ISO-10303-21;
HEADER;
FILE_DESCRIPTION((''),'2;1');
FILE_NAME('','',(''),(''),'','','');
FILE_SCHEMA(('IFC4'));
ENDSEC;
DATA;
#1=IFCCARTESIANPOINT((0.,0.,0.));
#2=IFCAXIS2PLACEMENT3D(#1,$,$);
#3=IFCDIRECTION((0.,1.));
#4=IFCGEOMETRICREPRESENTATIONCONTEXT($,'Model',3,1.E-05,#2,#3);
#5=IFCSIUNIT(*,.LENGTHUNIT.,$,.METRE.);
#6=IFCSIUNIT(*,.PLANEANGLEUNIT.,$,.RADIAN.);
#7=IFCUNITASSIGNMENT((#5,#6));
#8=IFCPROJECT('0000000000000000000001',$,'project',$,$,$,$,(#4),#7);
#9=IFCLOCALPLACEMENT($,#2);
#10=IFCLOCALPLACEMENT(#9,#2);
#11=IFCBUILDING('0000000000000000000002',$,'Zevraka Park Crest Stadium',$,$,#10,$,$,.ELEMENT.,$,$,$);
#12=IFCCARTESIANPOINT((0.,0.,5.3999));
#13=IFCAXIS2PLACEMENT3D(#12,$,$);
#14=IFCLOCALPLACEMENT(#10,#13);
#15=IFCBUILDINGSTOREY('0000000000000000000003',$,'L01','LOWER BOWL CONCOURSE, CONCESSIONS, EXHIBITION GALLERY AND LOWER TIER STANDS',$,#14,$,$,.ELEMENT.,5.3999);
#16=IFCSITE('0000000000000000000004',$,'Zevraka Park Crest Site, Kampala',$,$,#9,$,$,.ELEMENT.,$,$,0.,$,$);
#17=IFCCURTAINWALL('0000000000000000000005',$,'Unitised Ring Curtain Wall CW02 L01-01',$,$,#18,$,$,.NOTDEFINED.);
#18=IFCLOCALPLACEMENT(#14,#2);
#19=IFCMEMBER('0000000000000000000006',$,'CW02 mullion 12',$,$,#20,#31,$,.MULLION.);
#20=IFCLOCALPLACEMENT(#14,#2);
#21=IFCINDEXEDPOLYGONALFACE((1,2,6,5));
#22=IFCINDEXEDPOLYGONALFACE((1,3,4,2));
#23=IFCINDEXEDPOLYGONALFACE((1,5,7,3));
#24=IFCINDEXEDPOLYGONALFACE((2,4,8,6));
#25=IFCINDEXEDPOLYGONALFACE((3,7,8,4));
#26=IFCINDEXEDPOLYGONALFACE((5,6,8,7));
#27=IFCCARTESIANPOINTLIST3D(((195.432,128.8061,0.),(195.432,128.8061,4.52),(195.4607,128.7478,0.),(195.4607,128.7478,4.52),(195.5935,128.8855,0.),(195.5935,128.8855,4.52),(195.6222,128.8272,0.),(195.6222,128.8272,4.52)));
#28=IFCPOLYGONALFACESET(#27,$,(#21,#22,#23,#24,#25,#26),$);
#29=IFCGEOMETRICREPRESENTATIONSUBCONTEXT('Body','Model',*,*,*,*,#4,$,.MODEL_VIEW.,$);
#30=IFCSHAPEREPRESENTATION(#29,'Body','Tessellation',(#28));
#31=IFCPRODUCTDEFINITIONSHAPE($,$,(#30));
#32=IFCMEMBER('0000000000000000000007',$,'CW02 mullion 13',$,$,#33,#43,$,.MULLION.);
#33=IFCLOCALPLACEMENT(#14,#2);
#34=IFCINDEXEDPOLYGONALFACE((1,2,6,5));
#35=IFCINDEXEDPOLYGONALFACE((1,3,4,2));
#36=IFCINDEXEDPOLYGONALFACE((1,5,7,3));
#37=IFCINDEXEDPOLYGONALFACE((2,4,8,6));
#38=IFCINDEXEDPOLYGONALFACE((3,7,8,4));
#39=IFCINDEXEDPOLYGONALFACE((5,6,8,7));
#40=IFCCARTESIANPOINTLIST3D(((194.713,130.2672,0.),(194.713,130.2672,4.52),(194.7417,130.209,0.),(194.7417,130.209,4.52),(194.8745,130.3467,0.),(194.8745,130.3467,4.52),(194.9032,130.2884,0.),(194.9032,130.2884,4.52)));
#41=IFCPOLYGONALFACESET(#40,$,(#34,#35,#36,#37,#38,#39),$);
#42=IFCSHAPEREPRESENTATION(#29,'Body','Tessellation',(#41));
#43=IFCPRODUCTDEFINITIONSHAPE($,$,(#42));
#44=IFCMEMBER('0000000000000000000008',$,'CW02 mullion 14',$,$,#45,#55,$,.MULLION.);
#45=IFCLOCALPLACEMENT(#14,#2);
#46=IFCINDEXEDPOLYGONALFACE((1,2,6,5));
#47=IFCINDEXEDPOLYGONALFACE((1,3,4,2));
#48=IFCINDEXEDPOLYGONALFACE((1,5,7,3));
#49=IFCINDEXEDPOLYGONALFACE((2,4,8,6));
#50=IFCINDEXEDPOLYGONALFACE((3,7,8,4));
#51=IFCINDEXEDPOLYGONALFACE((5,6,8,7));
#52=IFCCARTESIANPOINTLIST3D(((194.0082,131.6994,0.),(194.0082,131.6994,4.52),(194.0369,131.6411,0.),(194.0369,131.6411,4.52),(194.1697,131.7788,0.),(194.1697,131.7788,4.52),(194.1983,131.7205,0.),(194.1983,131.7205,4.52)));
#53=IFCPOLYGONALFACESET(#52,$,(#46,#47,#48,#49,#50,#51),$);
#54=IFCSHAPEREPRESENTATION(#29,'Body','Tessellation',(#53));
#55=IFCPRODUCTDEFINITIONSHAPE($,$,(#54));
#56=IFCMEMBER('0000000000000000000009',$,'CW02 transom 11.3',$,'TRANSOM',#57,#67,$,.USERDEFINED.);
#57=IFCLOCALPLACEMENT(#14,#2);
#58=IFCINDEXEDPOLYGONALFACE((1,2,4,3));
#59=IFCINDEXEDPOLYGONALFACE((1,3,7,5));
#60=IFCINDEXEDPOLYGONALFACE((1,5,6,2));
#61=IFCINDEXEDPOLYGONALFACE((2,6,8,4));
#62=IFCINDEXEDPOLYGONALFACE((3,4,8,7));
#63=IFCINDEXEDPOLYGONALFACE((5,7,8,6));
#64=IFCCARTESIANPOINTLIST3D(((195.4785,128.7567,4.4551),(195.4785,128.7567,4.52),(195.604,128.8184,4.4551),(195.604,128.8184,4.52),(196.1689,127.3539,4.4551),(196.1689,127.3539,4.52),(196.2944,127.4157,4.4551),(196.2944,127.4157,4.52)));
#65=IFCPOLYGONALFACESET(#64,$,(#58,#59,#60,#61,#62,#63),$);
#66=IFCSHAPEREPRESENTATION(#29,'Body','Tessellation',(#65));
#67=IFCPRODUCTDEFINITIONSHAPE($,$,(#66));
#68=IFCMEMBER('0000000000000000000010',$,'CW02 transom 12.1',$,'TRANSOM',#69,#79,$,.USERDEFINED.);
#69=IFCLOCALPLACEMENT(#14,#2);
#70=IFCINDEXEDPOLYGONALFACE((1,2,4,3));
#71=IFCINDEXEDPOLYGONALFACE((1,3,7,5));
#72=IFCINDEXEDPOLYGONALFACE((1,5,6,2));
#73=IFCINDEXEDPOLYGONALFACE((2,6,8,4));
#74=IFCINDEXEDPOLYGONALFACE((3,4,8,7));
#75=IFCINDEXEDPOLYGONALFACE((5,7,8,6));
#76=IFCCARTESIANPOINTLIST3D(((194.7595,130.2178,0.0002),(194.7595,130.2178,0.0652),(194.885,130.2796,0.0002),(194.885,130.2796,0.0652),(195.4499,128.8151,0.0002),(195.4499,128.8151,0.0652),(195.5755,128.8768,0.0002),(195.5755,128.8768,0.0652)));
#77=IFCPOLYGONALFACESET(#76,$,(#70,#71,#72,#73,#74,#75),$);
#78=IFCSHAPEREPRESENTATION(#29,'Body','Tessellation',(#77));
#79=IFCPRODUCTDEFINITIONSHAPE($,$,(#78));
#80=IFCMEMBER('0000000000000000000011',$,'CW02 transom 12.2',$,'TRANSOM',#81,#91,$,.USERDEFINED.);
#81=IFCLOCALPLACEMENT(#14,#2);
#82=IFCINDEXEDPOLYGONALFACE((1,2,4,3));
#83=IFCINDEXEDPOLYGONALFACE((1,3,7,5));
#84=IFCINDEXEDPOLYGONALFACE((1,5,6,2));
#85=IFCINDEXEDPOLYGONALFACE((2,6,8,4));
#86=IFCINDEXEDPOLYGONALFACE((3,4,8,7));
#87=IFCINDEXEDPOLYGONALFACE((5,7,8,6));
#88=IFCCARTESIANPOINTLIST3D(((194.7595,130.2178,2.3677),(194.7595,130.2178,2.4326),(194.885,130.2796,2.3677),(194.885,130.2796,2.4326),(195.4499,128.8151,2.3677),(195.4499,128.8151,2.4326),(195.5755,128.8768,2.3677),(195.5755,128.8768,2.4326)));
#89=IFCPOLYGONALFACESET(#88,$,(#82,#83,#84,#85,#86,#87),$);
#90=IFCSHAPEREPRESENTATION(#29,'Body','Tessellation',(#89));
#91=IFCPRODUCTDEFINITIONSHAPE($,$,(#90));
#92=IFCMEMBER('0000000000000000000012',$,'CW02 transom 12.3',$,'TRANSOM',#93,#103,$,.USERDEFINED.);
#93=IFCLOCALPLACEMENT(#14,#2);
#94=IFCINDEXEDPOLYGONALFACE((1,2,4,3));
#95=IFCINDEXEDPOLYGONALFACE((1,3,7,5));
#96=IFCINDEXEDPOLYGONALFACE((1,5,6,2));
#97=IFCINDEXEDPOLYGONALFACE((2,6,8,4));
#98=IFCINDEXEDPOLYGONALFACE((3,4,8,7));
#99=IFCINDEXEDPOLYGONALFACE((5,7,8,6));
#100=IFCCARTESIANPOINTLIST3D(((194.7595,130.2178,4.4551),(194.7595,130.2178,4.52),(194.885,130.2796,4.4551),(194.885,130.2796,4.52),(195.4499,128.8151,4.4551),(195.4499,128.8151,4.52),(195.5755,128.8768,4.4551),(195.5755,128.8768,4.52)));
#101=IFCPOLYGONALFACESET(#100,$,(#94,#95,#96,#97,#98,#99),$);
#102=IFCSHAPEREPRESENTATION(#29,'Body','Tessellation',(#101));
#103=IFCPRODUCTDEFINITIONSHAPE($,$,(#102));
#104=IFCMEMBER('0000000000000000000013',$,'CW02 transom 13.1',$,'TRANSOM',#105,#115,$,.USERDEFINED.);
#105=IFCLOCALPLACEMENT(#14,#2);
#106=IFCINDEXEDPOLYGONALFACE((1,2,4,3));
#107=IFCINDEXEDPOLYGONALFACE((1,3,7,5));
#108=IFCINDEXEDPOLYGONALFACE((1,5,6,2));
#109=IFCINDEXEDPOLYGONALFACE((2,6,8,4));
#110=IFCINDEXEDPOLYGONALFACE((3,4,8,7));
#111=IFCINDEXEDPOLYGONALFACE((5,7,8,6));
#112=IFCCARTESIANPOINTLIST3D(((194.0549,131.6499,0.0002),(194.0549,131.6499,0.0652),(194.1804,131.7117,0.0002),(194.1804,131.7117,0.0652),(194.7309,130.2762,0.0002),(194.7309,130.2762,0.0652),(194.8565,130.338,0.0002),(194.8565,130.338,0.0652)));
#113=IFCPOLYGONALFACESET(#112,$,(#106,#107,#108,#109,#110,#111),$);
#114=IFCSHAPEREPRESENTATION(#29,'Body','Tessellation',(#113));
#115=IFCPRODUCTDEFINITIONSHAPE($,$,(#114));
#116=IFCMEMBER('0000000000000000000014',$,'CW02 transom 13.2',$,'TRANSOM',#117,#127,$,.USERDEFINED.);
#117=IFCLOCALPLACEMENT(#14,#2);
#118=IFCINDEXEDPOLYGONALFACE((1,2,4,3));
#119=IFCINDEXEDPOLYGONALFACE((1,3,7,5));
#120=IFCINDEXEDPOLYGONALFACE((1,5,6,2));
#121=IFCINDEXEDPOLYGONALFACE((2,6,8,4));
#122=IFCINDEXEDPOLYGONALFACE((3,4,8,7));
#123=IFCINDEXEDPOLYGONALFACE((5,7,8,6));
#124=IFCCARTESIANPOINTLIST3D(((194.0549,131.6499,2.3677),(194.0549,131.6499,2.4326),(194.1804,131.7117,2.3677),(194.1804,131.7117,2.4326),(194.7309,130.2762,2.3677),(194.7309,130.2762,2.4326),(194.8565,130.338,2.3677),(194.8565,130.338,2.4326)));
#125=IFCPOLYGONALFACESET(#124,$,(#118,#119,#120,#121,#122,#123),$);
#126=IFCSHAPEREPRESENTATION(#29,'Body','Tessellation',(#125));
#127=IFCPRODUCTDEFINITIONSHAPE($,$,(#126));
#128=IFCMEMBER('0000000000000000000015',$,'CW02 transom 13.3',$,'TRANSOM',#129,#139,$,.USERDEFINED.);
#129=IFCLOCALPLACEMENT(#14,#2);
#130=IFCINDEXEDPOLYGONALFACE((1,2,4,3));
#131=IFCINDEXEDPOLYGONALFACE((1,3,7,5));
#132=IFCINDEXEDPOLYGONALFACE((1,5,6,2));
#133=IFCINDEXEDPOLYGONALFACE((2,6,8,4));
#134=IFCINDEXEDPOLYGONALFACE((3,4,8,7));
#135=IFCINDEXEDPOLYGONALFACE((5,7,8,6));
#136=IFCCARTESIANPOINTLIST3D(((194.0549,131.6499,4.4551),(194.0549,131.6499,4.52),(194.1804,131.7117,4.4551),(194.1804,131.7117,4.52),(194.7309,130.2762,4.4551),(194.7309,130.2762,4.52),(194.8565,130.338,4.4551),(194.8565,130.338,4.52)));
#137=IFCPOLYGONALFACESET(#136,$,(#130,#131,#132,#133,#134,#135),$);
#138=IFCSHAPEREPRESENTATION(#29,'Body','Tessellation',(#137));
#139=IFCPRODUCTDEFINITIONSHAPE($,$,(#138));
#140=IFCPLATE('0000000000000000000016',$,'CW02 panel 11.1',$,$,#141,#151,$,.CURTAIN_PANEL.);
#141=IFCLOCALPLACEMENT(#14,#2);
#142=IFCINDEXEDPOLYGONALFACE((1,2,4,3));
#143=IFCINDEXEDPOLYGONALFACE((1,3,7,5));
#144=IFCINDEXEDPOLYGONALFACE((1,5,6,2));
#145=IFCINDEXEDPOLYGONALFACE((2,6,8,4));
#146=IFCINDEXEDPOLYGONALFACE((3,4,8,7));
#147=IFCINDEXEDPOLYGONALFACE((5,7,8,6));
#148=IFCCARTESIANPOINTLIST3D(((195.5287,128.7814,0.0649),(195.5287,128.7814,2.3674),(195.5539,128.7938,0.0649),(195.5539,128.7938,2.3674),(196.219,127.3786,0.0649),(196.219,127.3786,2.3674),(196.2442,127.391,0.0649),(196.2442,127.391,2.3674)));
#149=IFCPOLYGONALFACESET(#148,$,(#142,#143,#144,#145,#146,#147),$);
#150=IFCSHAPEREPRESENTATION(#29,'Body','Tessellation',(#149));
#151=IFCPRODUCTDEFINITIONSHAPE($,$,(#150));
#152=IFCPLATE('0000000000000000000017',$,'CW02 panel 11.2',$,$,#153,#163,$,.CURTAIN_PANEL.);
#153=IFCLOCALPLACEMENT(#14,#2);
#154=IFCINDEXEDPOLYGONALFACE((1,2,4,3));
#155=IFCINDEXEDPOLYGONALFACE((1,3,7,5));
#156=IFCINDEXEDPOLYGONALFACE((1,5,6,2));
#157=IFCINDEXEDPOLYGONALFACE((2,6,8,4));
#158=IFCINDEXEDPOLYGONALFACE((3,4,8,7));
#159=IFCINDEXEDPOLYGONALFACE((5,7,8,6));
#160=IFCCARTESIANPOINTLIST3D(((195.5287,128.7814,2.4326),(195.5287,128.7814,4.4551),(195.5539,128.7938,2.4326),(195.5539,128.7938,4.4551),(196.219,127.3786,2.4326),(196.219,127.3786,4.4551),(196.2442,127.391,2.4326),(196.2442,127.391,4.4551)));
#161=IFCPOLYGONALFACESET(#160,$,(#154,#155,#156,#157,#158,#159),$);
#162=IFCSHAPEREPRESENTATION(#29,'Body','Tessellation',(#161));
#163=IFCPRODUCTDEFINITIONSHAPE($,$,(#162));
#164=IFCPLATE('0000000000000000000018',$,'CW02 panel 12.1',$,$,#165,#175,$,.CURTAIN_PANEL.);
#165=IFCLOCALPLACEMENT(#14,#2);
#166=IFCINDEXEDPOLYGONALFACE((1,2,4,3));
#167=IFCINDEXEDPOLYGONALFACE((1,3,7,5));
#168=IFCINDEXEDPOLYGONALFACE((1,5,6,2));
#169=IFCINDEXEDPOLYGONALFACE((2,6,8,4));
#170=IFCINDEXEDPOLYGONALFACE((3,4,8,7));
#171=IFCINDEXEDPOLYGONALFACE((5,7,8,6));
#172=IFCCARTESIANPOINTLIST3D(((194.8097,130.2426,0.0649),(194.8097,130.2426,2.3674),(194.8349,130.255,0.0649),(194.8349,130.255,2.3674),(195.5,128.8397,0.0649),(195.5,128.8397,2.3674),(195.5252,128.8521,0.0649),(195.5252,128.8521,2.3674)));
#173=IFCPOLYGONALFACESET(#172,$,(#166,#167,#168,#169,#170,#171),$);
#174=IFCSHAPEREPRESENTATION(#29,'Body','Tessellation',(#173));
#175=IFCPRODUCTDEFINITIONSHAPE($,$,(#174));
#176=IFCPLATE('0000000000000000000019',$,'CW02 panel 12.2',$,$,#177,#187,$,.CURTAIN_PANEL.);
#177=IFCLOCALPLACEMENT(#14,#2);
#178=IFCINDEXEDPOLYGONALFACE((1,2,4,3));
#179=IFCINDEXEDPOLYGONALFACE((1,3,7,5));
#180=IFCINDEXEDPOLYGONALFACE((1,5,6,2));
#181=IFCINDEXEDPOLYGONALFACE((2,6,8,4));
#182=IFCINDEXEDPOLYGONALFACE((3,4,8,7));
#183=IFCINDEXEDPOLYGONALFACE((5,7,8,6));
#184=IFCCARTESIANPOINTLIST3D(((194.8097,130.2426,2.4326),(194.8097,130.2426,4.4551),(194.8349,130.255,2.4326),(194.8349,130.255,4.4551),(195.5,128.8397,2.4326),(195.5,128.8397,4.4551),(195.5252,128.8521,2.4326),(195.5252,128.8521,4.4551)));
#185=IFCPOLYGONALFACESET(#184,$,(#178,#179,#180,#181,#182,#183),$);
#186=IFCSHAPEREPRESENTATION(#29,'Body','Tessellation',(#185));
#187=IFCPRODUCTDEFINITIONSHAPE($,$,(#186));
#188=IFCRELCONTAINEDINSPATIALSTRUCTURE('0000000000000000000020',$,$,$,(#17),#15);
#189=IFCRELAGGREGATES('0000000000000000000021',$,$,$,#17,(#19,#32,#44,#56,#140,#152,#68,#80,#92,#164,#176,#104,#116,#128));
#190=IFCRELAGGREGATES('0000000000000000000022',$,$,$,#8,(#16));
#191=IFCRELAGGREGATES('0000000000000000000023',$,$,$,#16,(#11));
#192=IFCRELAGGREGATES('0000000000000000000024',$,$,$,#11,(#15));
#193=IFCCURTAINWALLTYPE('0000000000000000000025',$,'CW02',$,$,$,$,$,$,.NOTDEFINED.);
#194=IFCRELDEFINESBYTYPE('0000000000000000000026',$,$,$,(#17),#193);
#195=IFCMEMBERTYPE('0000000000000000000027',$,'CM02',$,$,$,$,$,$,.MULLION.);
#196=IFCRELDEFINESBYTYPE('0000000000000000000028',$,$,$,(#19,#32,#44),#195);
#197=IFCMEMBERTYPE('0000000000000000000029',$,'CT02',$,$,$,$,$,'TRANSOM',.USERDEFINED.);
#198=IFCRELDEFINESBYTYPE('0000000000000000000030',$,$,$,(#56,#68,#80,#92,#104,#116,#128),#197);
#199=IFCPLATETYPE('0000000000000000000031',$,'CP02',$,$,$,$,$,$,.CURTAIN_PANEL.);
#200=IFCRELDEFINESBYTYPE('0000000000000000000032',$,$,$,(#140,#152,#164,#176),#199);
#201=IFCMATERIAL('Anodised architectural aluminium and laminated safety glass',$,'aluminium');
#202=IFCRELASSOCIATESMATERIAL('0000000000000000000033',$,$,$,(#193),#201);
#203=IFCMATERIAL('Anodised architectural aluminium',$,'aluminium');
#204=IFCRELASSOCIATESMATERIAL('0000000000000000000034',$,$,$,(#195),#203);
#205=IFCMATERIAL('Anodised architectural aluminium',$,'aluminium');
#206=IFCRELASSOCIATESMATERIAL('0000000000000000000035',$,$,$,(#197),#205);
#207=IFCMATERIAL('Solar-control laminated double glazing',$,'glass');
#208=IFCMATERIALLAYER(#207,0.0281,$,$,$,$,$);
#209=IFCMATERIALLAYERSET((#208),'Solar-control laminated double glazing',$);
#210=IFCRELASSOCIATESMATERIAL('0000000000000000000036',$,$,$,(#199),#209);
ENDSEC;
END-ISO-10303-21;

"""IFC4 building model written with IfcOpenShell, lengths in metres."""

from ifc_helpers import new_model, si_unit, direction, frame, origin, origin_2d, place, context, subcontext, project, spatial, rectangle, extrude, material, layer, layer_set, material_profile, profile_set, type_object, element, aggregate, save


model = new_model("IFC4")

# Units and contexts
model_context = context("Model", 3, precision=1e-05, world=origin(), true_north=direction((0.0, 1.0)))
body_context = subcontext(model_context, "Body", "Model", "MODEL_VIEW")
ifc_project = project(units=[si_unit("LENGTHUNIT", "METRE"), si_unit("PLANEANGLEUNIT", "RADIAN")], contexts=[model_context])

# Site, building, storey
site_placement = place(None, origin())
site = spatial("IfcSite", under=ifc_project, at=site_placement, Name="Zevraka Park Crest Site, Kampala", CompositionType="ELEMENT", RefElevation=0.0)
building_placement = place(site_placement, origin())
building = spatial("IfcBuilding", under=site, at=building_placement, Name="Zevraka Park Crest Stadium", CompositionType="ELEMENT")
storey_placement = place(building_placement, frame((0.0, 0.0, 5.3999)))
storey = spatial("IfcBuildingStorey", under=building, at=storey_placement, Name="L01", Description="LOWER BOWL CONCOURSE, CONCESSIONS, EXHIBITION GALLERY AND LOWER TIER STANDS", CompositionType="ELEMENT", Elevation=5.3999)

# Curtain wall, members, plates
ifc_material_1 = material(Name="Anodised architectural aluminium and laminated safety glass", Category="aluminium")
curtain_wall_type = type_object("IfcCurtainWallType", Name="CW02", PredefinedType="NOTDEFINED", material=ifc_material_1)
curtain_wall_placement = place(storey_placement, origin())
curtain_wall = element("IfcCurtainWall", 1, at=curtain_wall_placement, inside=storey, type_object=curtain_wall_type, Name="Unitised Ring Curtain Wall CW02 L01-01", PredefinedType="NOTDEFINED")
ifc_material_2 = material(Name="Anodised architectural aluminium", Category="aluminium")
ifc_material_profile_1 = material_profile(ifc_material_2, rectangle(XDim=0.1799, YDim=0.0649, at=origin_2d()), Name="ALU MULLION 180x65")
ifc_profile_set_1 = profile_set([ifc_material_profile_1], Name="Anodised architectural aluminium")
member_type_1 = type_object("IfcMemberType", Name="CM02", PredefinedType="MULLION", material=ifc_profile_set_1)
member_1_placement = place(storey_placement, frame((195.5271, 128.8167, 0.0), z_axis=(0.0, 0.0, 1.0), x_axis=(-0.897253, -0.441517, 0.0)))
member_1 = element("IfcMember", 2, at=member_1_placement, type_object=member_type_1, Name="CW02 mullion 12", PredefinedType="MULLION", context=body_context, shape_type="SweptSolid", body=[
    extrude(rectangle(XDim=0.1799, YDim=0.0649, at=origin_2d()), origin(), (0.0, 0.0, 1.0), 4.52),
])
member_2_placement = place(storey_placement, frame((194.8081, 130.2778, 0.0), z_axis=(0.0, 0.0, 1.0), x_axis=(-0.897253, -0.441517, 0.0)))
member_2 = element("IfcMember", 3, at=member_2_placement, type_object=member_type_1, Name="CW02 mullion 13", PredefinedType="MULLION", context=body_context, shape_type="SweptSolid", body=[
    extrude(rectangle(XDim=0.1799, YDim=0.0649, at=origin_2d()), origin(), (0.0, 0.0, 1.0), 4.52),
])
member_3_placement = place(storey_placement, frame((194.1033, 131.71, 0.0), z_axis=(0.0, 0.0, 1.0), x_axis=(-0.897253, -0.441517, 0.0)))
member_3 = element("IfcMember", 4, at=member_3_placement, type_object=member_type_1, Name="CW02 mullion 14", PredefinedType="MULLION", context=body_context, shape_type="SweptSolid", body=[
    extrude(rectangle(XDim=0.1799, YDim=0.0649, at=origin_2d()), origin(), (0.0, 0.0, 1.0), 4.52),
])
ifc_material_3 = material(Name="Anodised architectural aluminium", Category="aluminium")
ifc_material_profile_2 = material_profile(ifc_material_3, rectangle(XDim=0.1399, YDim=0.0649, at=origin_2d()), Name="ALU TRANSOM 140x65")
ifc_profile_set_2 = profile_set([ifc_material_profile_2], Name="Anodised architectural aluminium")
member_type_2 = type_object("IfcMemberType", Name="CT02", ElementType="TRANSOM", PredefinedType="USERDEFINED", material=ifc_profile_set_2)
member_4_placement = place(storey_placement, frame((196.2317, 127.3848, 4.4875), z_axis=(-0.441583, 0.89722, 0.0), x_axis=(-0.89722, -0.441583, 0.0)))
member_4 = element("IfcMember", 5, at=member_4_placement, type_object=member_type_2, Name="CW02 transom 11.3", ObjectType="TRANSOM", PredefinedType="USERDEFINED", context=body_context, shape_type="SweptSolid", body=[
    extrude(rectangle(XDim=0.1399, YDim=0.0649, at=origin_2d()), origin(), (0.0, 0.0, 1.0), 1.5635),
])
member_5_placement = place(storey_placement, frame((195.5127, 128.8459, 0.0327), z_axis=(-0.441583, 0.89722, 0.0), x_axis=(-0.89722, -0.441583, 0.0)))
member_5 = element("IfcMember", 6, at=member_5_placement, type_object=member_type_2, Name="CW02 transom 12.1", ObjectType="TRANSOM", PredefinedType="USERDEFINED", context=body_context, shape_type="SweptSolid", body=[
    extrude(rectangle(XDim=0.1399, YDim=0.0649, at=origin_2d()), origin(), (0.0, 0.0, 1.0), 1.5635),
])
member_6_placement = place(storey_placement, frame((195.5127, 128.8459, 2.4001), z_axis=(-0.441583, 0.89722, 0.0), x_axis=(-0.89722, -0.441583, 0.0)))
member_6 = element("IfcMember", 7, at=member_6_placement, type_object=member_type_2, Name="CW02 transom 12.2", ObjectType="TRANSOM", PredefinedType="USERDEFINED", context=body_context, shape_type="SweptSolid", body=[
    extrude(rectangle(XDim=0.1399, YDim=0.0649, at=origin_2d()), origin(), (0.0, 0.0, 1.0), 1.5635),
])
member_7_placement = place(storey_placement, frame((195.5127, 128.8459, 4.4875), z_axis=(-0.441583, 0.89722, 0.0), x_axis=(-0.89722, -0.441583, 0.0)))
member_7 = element("IfcMember", 8, at=member_7_placement, type_object=member_type_2, Name="CW02 transom 12.3", ObjectType="TRANSOM", PredefinedType="USERDEFINED", context=body_context, shape_type="SweptSolid", body=[
    extrude(rectangle(XDim=0.1399, YDim=0.0649, at=origin_2d()), origin(), (0.0, 0.0, 1.0), 1.5635),
])
member_8_placement = place(storey_placement, frame((194.7937, 130.3071, 0.0327), z_axis=(-0.441591, 0.897216, 0.0), x_axis=(-0.897216, -0.441591, 0.0)))
member_8 = element("IfcMember", 9, at=member_8_placement, type_object=member_type_2, Name="CW02 transom 13.1", ObjectType="TRANSOM", PredefinedType="USERDEFINED", context=body_context, shape_type="SweptSolid", body=[
    extrude(rectangle(XDim=0.1399, YDim=0.0649, at=origin_2d()), origin(), (0.0, 0.0, 1.0), 1.531),
])
member_9_placement = place(storey_placement, frame((194.7937, 130.3071, 2.4001), z_axis=(-0.441591, 0.897216, 0.0), x_axis=(-0.897216, -0.441591, 0.0)))
member_9 = element("IfcMember", 10, at=member_9_placement, type_object=member_type_2, Name="CW02 transom 13.2", ObjectType="TRANSOM", PredefinedType="USERDEFINED", context=body_context, shape_type="SweptSolid", body=[
    extrude(rectangle(XDim=0.1399, YDim=0.0649, at=origin_2d()), origin(), (0.0, 0.0, 1.0), 1.531),
])
member_10_placement = place(storey_placement, frame((194.7937, 130.3071, 4.4875), z_axis=(-0.441591, 0.897216, 0.0), x_axis=(-0.897216, -0.441591, 0.0)))
member_10 = element("IfcMember", 11, at=member_10_placement, type_object=member_type_2, Name="CW02 transom 13.3", ObjectType="TRANSOM", PredefinedType="USERDEFINED", context=body_context, shape_type="SweptSolid", body=[
    extrude(rectangle(XDim=0.1399, YDim=0.0649, at=origin_2d()), origin(), (0.0, 0.0, 1.0), 1.531),
])
ifc_material_4 = material(Name="Solar-control laminated double glazing", Category="glass")
ifc_layer_1 = layer(ifc_material_4, 0.0281)
ifc_layer_set_1 = layer_set([ifc_layer_1], Name="Solar-control laminated double glazing")
plate_type = type_object("IfcPlateType", Name="CP02", PredefinedType="CURTAIN_PANEL", material=ifc_layer_set_1)
plate_1_placement = place(storey_placement, frame((195.8865, 128.0862, 0.0649), z_axis=(0.0, 0.0, 1.0), x_axis=(-0.441517, 0.897253, 0.0)))
plate_1 = element("IfcPlate", 12, at=plate_1_placement, type_object=plate_type, Name="CW02 panel 11.1", PredefinedType="CURTAIN_PANEL", context=body_context, shape_type="SweptSolid", body=[
    extrude(rectangle(XDim=1.5635, YDim=0.0281, at=origin_2d()), origin(), (0.0, 0.0, 1.0), 2.3025),
])
plate_2_placement = place(storey_placement, frame((195.8865, 128.0862, 2.4326), z_axis=(0.0, 0.0, 1.0), x_axis=(-0.441517, 0.897253, 0.0)))
plate_2 = element("IfcPlate", 13, at=plate_2_placement, type_object=plate_type, Name="CW02 panel 11.2", PredefinedType="CURTAIN_PANEL", context=body_context, shape_type="SweptSolid", body=[
    extrude(rectangle(XDim=1.5635, YDim=0.0281, at=origin_2d()), origin(), (0.0, 0.0, 1.0), 2.0225),
])
plate_3_placement = place(storey_placement, frame((195.1675, 129.5474, 0.0649), z_axis=(0.0, 0.0, 1.0), x_axis=(-0.441517, 0.897253, 0.0)))
plate_3 = element("IfcPlate", 14, at=plate_3_placement, type_object=plate_type, Name="CW02 panel 12.1", PredefinedType="CURTAIN_PANEL", context=body_context, shape_type="SweptSolid", body=[
    extrude(rectangle(XDim=1.5635, YDim=0.0281, at=origin_2d()), origin(), (0.0, 0.0, 1.0), 2.3025),
])
plate_4_placement = place(storey_placement, frame((195.1675, 129.5474, 2.4326), z_axis=(0.0, 0.0, 1.0), x_axis=(-0.441517, 0.897253, 0.0)))
plate_4 = element("IfcPlate", 15, at=plate_4_placement, type_object=plate_type, Name="CW02 panel 12.2", PredefinedType="CURTAIN_PANEL", context=body_context, shape_type="SweptSolid", body=[
    extrude(rectangle(XDim=1.5635, YDim=0.0281, at=origin_2d()), origin(), (0.0, 0.0, 1.0), 2.0225),
])
aggregate(curtain_wall, [member_1, member_2, member_3, member_4, plate_1, plate_2, member_5, member_6, member_7, plate_3, plate_4, member_8, member_9, member_10])

save(model, "model.ifc")
